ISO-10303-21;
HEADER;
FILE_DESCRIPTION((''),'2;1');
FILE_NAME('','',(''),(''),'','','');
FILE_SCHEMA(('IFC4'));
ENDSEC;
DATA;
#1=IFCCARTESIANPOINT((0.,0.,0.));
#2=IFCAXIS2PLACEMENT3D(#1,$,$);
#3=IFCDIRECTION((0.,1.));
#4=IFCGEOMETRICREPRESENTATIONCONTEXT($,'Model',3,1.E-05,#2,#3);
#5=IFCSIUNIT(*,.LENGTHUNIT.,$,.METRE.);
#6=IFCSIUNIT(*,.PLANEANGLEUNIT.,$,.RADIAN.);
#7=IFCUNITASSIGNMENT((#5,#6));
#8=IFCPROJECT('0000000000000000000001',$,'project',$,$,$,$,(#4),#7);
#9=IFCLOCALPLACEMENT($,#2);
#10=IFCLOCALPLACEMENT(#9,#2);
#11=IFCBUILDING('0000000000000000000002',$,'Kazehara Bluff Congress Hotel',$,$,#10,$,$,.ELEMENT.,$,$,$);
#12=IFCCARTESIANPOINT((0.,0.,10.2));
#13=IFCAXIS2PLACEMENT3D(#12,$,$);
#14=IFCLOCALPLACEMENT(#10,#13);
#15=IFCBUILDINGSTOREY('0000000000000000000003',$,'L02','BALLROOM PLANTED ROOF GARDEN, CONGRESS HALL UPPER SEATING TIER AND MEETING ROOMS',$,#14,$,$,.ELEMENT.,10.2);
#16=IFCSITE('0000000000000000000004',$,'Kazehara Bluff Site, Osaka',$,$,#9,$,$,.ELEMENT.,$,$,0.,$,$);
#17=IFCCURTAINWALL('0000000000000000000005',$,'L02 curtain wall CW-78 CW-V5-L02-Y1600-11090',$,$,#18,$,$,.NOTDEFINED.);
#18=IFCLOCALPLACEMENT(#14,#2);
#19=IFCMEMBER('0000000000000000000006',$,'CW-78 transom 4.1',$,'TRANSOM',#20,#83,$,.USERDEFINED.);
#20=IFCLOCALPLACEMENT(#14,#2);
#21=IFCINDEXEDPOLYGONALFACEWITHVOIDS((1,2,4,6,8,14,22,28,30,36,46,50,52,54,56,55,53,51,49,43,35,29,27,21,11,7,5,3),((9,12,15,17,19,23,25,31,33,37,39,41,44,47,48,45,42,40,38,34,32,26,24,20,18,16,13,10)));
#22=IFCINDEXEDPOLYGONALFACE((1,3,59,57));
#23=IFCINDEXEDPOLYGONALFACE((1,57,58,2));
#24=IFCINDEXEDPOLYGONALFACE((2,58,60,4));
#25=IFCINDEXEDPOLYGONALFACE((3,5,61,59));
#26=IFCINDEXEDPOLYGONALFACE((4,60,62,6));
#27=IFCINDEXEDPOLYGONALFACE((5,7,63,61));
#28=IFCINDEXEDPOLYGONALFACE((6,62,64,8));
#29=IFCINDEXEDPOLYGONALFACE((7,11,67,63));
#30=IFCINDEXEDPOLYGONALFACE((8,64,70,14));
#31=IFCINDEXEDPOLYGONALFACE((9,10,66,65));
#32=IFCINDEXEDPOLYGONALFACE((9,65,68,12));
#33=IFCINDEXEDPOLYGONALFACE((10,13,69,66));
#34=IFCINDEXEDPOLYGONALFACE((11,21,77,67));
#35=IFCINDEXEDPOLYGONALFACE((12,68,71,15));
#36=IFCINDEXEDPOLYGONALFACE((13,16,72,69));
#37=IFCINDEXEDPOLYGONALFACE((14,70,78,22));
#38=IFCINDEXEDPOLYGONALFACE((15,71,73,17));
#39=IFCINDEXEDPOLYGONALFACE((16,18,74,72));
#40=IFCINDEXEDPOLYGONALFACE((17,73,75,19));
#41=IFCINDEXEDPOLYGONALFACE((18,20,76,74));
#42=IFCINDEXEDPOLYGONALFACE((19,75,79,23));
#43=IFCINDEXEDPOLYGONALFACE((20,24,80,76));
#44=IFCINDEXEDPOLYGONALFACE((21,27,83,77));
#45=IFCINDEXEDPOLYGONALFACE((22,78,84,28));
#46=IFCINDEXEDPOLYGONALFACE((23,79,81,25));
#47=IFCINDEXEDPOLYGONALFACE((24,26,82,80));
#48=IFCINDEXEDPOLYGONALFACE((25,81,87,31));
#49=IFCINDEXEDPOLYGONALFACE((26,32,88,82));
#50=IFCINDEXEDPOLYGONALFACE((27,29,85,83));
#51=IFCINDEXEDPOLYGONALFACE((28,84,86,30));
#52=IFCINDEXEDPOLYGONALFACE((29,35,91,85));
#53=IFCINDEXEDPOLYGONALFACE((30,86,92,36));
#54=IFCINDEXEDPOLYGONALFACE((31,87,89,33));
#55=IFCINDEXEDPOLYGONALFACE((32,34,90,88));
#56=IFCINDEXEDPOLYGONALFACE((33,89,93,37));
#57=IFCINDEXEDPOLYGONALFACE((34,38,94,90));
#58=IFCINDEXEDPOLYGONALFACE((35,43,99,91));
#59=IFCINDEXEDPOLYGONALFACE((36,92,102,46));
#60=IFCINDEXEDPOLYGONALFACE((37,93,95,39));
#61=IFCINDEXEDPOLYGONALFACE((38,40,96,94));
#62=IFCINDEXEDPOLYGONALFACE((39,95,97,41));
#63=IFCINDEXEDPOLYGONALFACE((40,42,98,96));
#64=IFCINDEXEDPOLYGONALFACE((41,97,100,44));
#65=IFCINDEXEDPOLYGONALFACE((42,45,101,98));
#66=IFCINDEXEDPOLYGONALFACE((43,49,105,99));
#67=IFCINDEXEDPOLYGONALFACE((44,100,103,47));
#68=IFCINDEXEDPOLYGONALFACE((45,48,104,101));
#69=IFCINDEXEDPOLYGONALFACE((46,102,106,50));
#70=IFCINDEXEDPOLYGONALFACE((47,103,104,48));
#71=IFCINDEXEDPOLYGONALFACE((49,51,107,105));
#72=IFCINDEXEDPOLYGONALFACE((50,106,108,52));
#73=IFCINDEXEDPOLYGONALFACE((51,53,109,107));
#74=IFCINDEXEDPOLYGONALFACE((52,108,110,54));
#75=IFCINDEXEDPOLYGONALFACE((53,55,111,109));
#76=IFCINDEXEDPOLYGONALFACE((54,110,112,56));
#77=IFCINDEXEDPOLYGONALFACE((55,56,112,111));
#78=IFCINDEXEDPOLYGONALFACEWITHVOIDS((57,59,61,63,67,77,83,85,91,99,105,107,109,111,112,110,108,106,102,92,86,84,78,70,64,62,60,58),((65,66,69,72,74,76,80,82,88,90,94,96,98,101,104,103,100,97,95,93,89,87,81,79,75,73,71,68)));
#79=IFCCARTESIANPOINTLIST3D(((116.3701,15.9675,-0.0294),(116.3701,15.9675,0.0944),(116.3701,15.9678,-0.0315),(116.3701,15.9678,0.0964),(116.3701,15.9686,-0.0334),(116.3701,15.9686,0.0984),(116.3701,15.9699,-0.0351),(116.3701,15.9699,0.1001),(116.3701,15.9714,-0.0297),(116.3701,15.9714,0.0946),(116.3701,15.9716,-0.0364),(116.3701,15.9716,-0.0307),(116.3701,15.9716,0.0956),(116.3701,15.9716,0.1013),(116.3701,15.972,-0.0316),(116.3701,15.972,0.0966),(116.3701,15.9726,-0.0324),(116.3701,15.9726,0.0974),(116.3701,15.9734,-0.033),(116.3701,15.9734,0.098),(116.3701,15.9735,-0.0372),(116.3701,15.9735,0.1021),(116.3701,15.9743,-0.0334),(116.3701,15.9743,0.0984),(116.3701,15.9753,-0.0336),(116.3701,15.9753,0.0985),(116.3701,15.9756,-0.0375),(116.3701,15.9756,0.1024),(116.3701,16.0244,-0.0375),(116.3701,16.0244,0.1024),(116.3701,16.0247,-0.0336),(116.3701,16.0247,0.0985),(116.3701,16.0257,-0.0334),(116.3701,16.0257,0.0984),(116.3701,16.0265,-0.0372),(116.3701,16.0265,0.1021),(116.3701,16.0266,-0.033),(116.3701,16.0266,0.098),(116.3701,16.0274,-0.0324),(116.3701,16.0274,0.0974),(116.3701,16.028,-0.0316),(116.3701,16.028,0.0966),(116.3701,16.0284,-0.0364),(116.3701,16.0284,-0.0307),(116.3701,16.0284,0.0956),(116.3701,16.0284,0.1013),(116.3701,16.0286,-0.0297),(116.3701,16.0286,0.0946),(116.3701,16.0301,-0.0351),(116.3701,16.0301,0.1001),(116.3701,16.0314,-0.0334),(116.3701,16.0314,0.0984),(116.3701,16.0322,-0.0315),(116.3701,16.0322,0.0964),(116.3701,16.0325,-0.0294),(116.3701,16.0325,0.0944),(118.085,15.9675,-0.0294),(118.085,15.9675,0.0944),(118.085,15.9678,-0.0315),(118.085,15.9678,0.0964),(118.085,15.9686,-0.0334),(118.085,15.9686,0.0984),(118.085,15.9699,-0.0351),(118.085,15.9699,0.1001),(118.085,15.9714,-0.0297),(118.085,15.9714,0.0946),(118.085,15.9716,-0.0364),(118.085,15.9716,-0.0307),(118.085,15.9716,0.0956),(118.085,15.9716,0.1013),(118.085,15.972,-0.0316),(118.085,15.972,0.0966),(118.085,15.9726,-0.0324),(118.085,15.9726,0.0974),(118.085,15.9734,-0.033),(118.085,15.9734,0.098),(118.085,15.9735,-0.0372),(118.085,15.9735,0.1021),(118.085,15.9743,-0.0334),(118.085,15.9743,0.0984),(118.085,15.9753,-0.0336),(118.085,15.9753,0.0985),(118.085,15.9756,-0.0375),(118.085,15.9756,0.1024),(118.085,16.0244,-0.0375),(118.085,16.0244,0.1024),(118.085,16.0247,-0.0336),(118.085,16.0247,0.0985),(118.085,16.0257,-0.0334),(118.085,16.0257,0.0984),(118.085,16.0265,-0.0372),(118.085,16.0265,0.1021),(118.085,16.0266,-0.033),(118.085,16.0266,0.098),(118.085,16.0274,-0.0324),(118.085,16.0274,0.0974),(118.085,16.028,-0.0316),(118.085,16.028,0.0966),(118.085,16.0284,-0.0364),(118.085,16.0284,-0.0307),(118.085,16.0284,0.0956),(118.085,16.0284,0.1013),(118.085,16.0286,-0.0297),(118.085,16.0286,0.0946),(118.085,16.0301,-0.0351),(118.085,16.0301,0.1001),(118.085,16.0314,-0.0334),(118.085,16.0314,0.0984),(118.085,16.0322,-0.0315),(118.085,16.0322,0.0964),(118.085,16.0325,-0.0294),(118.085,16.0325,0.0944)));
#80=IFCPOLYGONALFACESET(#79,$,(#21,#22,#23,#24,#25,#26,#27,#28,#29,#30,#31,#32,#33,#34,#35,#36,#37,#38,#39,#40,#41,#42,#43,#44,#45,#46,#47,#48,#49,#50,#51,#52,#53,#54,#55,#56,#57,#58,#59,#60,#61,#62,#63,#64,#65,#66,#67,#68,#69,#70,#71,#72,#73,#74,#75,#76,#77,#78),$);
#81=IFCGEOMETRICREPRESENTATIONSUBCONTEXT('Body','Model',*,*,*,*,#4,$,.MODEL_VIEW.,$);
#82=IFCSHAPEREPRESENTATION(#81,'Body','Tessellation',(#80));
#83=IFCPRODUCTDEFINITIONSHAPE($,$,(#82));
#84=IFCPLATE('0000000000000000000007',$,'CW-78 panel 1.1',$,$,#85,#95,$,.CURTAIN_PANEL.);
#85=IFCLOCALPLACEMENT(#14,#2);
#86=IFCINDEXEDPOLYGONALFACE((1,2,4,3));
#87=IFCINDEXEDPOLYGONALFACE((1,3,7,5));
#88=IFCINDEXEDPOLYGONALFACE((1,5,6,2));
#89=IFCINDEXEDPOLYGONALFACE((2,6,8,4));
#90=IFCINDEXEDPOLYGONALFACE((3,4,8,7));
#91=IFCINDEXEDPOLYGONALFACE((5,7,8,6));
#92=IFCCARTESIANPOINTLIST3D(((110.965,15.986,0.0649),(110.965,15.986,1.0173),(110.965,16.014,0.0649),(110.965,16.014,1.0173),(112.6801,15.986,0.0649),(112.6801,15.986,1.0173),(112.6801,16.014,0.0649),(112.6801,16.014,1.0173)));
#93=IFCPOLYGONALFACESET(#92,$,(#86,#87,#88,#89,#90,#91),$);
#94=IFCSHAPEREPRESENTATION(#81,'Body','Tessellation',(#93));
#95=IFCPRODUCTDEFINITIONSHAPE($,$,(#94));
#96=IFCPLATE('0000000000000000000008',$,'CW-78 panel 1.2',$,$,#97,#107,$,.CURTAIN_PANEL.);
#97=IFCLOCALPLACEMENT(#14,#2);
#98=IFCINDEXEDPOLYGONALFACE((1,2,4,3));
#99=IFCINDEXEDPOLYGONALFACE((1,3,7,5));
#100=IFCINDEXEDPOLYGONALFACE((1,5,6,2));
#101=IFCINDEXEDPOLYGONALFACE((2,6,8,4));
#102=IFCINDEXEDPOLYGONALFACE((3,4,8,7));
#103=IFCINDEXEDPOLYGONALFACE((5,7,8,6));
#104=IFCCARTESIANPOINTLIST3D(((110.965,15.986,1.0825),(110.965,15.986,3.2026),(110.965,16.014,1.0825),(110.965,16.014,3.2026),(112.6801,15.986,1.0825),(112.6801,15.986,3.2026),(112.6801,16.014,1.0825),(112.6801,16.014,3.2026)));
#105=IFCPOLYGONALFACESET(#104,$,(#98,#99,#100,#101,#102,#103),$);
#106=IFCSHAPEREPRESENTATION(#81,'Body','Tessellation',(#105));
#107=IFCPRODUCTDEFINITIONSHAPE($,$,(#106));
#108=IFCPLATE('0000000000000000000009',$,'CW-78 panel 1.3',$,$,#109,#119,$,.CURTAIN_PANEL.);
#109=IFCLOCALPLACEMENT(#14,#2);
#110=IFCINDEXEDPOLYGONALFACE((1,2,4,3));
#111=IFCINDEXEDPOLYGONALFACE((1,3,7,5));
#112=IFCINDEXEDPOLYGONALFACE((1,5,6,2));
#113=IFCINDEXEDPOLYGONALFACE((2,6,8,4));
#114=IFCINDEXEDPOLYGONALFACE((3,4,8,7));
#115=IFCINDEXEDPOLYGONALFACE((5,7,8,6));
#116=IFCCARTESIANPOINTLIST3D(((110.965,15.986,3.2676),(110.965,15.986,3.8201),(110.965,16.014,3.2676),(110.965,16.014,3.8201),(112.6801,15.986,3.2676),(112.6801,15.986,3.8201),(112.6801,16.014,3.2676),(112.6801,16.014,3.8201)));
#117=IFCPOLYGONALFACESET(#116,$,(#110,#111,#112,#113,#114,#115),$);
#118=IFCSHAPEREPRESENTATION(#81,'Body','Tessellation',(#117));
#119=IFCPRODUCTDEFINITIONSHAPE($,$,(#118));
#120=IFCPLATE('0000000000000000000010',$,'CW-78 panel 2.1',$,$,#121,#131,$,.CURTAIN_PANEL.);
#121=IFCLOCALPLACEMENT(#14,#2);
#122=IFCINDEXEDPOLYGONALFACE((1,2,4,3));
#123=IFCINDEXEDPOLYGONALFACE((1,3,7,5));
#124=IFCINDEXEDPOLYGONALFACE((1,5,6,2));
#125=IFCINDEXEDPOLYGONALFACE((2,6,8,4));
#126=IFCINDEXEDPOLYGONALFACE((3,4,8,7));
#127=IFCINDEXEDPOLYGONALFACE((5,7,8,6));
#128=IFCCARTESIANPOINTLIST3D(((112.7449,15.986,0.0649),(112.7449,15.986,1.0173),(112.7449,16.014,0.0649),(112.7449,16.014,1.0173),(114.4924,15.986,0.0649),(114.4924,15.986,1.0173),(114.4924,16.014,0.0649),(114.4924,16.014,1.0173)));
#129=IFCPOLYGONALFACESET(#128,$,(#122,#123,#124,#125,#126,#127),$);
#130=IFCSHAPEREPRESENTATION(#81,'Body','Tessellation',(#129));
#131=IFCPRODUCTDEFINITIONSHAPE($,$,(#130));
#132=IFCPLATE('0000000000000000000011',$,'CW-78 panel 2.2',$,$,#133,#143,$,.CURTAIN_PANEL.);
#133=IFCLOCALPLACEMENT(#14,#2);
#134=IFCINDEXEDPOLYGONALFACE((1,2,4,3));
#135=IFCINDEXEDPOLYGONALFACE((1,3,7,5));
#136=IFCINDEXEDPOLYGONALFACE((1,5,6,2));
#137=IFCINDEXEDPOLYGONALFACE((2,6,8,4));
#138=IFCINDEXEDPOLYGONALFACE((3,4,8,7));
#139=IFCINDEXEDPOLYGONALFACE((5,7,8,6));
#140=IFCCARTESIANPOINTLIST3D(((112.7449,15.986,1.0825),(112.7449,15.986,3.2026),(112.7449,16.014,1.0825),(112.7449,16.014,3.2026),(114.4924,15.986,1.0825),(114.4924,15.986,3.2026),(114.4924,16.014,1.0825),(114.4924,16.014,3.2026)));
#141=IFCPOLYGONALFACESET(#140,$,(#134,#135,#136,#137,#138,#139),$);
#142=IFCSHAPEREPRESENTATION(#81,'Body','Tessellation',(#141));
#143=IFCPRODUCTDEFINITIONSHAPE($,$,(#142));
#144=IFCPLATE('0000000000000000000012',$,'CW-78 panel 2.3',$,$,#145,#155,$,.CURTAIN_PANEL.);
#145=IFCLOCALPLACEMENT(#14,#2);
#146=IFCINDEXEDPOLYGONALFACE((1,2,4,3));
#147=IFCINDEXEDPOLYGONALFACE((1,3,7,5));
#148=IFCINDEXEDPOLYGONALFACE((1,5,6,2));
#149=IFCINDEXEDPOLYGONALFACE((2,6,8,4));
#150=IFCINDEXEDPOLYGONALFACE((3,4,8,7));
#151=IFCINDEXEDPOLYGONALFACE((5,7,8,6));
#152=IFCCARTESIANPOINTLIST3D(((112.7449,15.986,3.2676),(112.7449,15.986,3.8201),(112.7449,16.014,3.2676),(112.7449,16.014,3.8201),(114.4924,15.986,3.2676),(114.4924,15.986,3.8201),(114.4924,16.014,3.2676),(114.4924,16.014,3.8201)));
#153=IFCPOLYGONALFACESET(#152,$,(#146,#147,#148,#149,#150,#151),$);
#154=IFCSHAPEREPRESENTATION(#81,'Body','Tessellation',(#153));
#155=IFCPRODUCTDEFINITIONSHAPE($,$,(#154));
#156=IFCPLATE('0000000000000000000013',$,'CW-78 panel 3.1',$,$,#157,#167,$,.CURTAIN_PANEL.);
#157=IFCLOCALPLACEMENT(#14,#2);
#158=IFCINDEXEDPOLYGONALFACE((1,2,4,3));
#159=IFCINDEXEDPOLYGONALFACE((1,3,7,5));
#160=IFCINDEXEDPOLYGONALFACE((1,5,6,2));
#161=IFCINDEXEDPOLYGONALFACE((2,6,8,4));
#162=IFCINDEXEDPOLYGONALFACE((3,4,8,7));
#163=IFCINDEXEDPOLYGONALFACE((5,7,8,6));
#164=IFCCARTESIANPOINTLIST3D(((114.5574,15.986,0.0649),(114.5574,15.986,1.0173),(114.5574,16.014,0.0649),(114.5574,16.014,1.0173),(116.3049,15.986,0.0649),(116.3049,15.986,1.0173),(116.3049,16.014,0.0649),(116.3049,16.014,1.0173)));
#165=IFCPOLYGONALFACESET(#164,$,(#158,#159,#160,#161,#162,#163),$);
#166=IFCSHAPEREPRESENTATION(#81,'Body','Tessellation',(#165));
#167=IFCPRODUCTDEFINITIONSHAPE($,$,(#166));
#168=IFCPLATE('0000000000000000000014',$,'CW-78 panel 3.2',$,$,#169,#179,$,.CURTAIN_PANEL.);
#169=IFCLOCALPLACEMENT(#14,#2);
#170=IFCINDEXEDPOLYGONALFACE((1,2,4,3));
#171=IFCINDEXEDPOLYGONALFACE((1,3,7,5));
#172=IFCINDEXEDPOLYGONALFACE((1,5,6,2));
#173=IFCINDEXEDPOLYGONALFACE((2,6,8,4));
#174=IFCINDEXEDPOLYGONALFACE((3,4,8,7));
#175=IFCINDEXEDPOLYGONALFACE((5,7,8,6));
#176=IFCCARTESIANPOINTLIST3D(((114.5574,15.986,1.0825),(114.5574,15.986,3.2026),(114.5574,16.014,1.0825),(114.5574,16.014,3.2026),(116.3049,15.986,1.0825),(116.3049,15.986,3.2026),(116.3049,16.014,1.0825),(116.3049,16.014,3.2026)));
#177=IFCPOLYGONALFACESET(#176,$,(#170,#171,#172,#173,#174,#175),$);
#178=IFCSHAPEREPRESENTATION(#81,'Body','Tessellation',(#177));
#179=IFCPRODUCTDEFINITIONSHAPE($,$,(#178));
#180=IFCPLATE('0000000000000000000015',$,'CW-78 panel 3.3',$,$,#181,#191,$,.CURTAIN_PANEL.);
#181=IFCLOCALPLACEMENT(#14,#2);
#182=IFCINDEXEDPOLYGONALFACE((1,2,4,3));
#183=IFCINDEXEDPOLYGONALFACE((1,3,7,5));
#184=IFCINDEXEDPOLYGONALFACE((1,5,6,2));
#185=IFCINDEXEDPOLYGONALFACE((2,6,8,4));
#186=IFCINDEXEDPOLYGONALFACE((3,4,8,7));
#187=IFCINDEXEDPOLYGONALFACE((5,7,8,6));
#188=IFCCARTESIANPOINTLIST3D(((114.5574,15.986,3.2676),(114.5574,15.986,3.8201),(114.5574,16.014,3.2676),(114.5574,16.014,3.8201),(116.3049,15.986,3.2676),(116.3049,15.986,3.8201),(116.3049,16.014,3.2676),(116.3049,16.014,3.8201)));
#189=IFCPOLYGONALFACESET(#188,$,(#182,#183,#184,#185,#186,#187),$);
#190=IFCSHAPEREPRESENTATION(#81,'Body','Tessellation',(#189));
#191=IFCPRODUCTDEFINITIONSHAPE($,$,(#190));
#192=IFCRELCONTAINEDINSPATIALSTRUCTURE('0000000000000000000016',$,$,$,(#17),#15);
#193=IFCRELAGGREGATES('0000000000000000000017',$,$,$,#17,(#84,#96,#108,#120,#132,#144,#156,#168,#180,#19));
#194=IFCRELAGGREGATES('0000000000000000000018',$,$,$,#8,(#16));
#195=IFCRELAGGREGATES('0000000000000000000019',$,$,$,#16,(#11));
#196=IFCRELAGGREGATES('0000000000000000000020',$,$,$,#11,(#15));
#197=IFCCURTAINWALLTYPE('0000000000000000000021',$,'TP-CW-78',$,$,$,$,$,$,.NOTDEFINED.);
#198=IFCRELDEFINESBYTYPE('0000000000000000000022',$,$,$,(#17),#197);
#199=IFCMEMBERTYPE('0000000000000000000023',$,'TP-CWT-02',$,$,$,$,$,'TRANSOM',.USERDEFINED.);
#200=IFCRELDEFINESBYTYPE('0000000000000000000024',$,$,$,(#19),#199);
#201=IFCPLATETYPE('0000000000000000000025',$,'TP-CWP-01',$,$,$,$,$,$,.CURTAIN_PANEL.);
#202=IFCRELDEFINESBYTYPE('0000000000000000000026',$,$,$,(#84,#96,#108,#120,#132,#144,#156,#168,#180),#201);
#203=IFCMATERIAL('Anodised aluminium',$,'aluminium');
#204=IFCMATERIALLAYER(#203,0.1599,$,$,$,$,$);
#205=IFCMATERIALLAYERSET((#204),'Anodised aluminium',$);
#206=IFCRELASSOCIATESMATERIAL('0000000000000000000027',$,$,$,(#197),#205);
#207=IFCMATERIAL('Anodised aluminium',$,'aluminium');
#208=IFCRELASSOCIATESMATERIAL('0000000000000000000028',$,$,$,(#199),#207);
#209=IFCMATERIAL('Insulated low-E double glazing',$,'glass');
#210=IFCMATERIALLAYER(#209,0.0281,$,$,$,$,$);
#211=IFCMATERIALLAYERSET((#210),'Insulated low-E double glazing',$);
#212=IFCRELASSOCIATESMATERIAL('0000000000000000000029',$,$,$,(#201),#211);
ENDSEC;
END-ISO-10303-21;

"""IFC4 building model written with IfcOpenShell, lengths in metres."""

from ifc_helpers import new_model, si_unit, direction, frame, origin, origin_2d, place, context, subcontext, project, spatial, rectangle, hollow_rectangle, extrude, material, layer, layer_set, material_profile, profile_set, type_object, element, aggregate, save


model = new_model("IFC4")

# Units and contexts
model_context = context("Model", 3, precision=1e-05, world=origin(), true_north=direction((0.0, 1.0)))
body_context = subcontext(model_context, "Body", "Model", "MODEL_VIEW")
ifc_project = project(units=[si_unit("LENGTHUNIT", "METRE"), si_unit("PLANEANGLEUNIT", "RADIAN")], contexts=[model_context])

# Site, building, storey
site_placement = place(None, origin())
site = spatial("IfcSite", under=ifc_project, at=site_placement, Name="Kazehara Bluff Site, Osaka", CompositionType="ELEMENT", RefElevation=0.0)
building_placement = place(site_placement, origin())
building = spatial("IfcBuilding", under=site, at=building_placement, Name="Kazehara Bluff Congress Hotel", CompositionType="ELEMENT")
storey_placement = place(building_placement, frame((0.0, 0.0, 10.2)))
storey = spatial("IfcBuildingStorey", under=building, at=storey_placement, Name="L02", Description="BALLROOM PLANTED ROOF GARDEN, CONGRESS HALL UPPER SEATING TIER AND MEETING ROOMS", CompositionType="ELEMENT", Elevation=10.2)

# Curtain wall, member, plates
ifc_material_1 = material(Name="Anodised aluminium", Category="aluminium")
ifc_layer_1 = layer(ifc_material_1, 0.1599)
ifc_layer_set_1 = layer_set([ifc_layer_1], Name="Anodised aluminium")
curtain_wall_type = type_object("IfcCurtainWallType", Name="TP-CW-78", PredefinedType="NOTDEFINED", material=ifc_layer_set_1)
curtain_wall_placement = place(storey_placement, origin())
curtain_wall = element("IfcCurtainWall", 1, at=curtain_wall_placement, inside=storey, type_object=curtain_wall_type, Name="L02 curtain wall CW-78 CW-V5-L02-Y1600-11090", PredefinedType="NOTDEFINED")
ifc_material_2 = material(Name="Anodised aluminium", Category="aluminium")
ifc_material_profile_1 = material_profile(ifc_material_2, hollow_rectangle(XDim=0.0649, YDim=0.1399, WallThickness=0.0039, InnerFilletRadius=0.0039, OuterFilletRadius=0.0081, at=origin_2d()))
ifc_profile_set_1 = profile_set([ifc_material_profile_1], Name="Anodised aluminium")
member_type_1 = type_object("IfcMemberType", Name="TP-CWT-02", ElementType="TRANSOM", PredefinedType="USERDEFINED", material=ifc_profile_set_1)
member_1_placement = place(storey_placement, frame((116.3701, 16.0, 0.0325), z_axis=(1.0, 0.0, 0.0), x_axis=(0.0, 1.0, 0.0)))
member_1 = element("IfcMember", 2, at=member_1_placement, type_object=member_type_1, Name="CW-78 transom 4.1", ObjectType="TRANSOM", PredefinedType="USERDEFINED", context=body_context, shape_type="SweptSolid", body=[
    extrude(hollow_rectangle(XDim=0.0649, YDim=0.1399, WallThickness=0.0039, InnerFilletRadius=0.0039, OuterFilletRadius=0.0081, at=origin_2d()), origin(), (0.0, 0.0, 1.0), 1.7148),
])
ifc_material_3 = material(Name="Insulated low-E double glazing", Category="glass")
ifc_layer_2 = layer(ifc_material_3, 0.0281)
ifc_layer_set_2 = layer_set([ifc_layer_2], Name="Insulated low-E double glazing")
plate_type = type_object("IfcPlateType", Name="TP-CWP-01", PredefinedType="CURTAIN_PANEL", material=ifc_layer_set_2)
plate_1_placement = place(storey_placement, frame((111.8225, 16.0, 0.0649), z_axis=(0.0, 0.0, 1.0), x_axis=(1.0, 0.0, 0.0)))
plate_1 = element("IfcPlate", 3, at=plate_1_placement, type_object=plate_type, Name="CW-78 panel 1.1", PredefinedType="CURTAIN_PANEL", context=body_context, shape_type="SweptSolid", body=[
    extrude(rectangle(XDim=1.7151, YDim=0.0281, at=origin_2d()), origin(), (0.0, 0.0, 1.0), 0.9524),
])
plate_2_placement = place(storey_placement, frame((111.8225, 16.0, 1.0825), z_axis=(0.0, 0.0, 1.0), x_axis=(1.0, 0.0, 0.0)))
plate_2 = element("IfcPlate", 4, at=plate_2_placement, type_object=plate_type, Name="CW-78 panel 1.2", PredefinedType="CURTAIN_PANEL", context=body_context, shape_type="SweptSolid", body=[
    extrude(rectangle(XDim=1.7151, YDim=0.0281, at=origin_2d()), origin(), (0.0, 0.0, 1.0), 2.1201),
])
plate_3_placement = place(storey_placement, frame((111.8225, 16.0, 3.2676), z_axis=(0.0, 0.0, 1.0), x_axis=(1.0, 0.0, 0.0)))
plate_3 = element("IfcPlate", 5, at=plate_3_placement, type_object=plate_type, Name="CW-78 panel 1.3", PredefinedType="CURTAIN_PANEL", context=body_context, shape_type="SweptSolid", body=[
    extrude(rectangle(XDim=1.7151, YDim=0.0281, at=origin_2d()), origin(), (0.0, 0.0, 1.0), 0.5525),
])
plate_4_placement = place(storey_placement, frame((113.6187, 16.0, 0.0649), z_axis=(0.0, 0.0, 1.0), x_axis=(1.0, 0.0, 0.0)))
plate_4 = element("IfcPlate", 6, at=plate_4_placement, type_object=plate_type, Name="CW-78 panel 2.1", PredefinedType="CURTAIN_PANEL", context=body_context, shape_type="SweptSolid", body=[
    extrude(rectangle(XDim=1.7476, YDim=0.0281, at=origin_2d()), origin(), (0.0, 0.0, 1.0), 0.9524),
])
plate_5_placement = place(storey_placement, frame((113.6187, 16.0, 1.0825), z_axis=(0.0, 0.0, 1.0), x_axis=(1.0, 0.0, 0.0)))
plate_5 = element("IfcPlate", 7, at=plate_5_placement, type_object=plate_type, Name="CW-78 panel 2.2", PredefinedType="CURTAIN_PANEL", context=body_context, shape_type="SweptSolid", body=[
    extrude(rectangle(XDim=1.7476, YDim=0.0281, at=origin_2d()), origin(), (0.0, 0.0, 1.0), 2.1201),
])
plate_6_placement = place(storey_placement, frame((113.6187, 16.0, 3.2676), z_axis=(0.0, 0.0, 1.0), x_axis=(1.0, 0.0, 0.0)))
plate_6 = element("IfcPlate", 8, at=plate_6_placement, type_object=plate_type, Name="CW-78 panel 2.3", PredefinedType="CURTAIN_PANEL", context=body_context, shape_type="SweptSolid", body=[
    extrude(rectangle(XDim=1.7476, YDim=0.0281, at=origin_2d()), origin(), (0.0, 0.0, 1.0), 0.5525),
])
plate_7_placement = place(storey_placement, frame((115.4312, 16.0, 0.0649), z_axis=(0.0, 0.0, 1.0), x_axis=(1.0, 0.0, 0.0)))
plate_7 = element("IfcPlate", 9, at=plate_7_placement, type_object=plate_type, Name="CW-78 panel 3.1", PredefinedType="CURTAIN_PANEL", context=body_context, shape_type="SweptSolid", body=[
    extrude(rectangle(XDim=1.7476, YDim=0.0281, at=origin_2d()), origin(), (0.0, 0.0, 1.0), 0.9524),
])
plate_8_placement = place(storey_placement, frame((115.4312, 16.0, 1.0825), z_axis=(0.0, 0.0, 1.0), x_axis=(1.0, 0.0, 0.0)))
plate_8 = element("IfcPlate", 10, at=plate_8_placement, type_object=plate_type, Name="CW-78 panel 3.2", PredefinedType="CURTAIN_PANEL", context=body_context, shape_type="SweptSolid", body=[
    extrude(rectangle(XDim=1.7476, YDim=0.0281, at=origin_2d()), origin(), (0.0, 0.0, 1.0), 2.1201),
])
plate_9_placement = place(storey_placement, frame((115.4312, 16.0, 3.2676), z_axis=(0.0, 0.0, 1.0), x_axis=(1.0, 0.0, 0.0)))
plate_9 = element("IfcPlate", 11, at=plate_9_placement, type_object=plate_type, Name="CW-78 panel 3.3", PredefinedType="CURTAIN_PANEL", context=body_context, shape_type="SweptSolid", body=[
    extrude(rectangle(XDim=1.7476, YDim=0.0281, at=origin_2d()), origin(), (0.0, 0.0, 1.0), 0.5525),
])
aggregate(curtain_wall, [plate_1, plate_2, plate_3, plate_4, plate_5, plate_6, plate_7, plate_8, plate_9, member_1])

save(model, "model.ifc")
